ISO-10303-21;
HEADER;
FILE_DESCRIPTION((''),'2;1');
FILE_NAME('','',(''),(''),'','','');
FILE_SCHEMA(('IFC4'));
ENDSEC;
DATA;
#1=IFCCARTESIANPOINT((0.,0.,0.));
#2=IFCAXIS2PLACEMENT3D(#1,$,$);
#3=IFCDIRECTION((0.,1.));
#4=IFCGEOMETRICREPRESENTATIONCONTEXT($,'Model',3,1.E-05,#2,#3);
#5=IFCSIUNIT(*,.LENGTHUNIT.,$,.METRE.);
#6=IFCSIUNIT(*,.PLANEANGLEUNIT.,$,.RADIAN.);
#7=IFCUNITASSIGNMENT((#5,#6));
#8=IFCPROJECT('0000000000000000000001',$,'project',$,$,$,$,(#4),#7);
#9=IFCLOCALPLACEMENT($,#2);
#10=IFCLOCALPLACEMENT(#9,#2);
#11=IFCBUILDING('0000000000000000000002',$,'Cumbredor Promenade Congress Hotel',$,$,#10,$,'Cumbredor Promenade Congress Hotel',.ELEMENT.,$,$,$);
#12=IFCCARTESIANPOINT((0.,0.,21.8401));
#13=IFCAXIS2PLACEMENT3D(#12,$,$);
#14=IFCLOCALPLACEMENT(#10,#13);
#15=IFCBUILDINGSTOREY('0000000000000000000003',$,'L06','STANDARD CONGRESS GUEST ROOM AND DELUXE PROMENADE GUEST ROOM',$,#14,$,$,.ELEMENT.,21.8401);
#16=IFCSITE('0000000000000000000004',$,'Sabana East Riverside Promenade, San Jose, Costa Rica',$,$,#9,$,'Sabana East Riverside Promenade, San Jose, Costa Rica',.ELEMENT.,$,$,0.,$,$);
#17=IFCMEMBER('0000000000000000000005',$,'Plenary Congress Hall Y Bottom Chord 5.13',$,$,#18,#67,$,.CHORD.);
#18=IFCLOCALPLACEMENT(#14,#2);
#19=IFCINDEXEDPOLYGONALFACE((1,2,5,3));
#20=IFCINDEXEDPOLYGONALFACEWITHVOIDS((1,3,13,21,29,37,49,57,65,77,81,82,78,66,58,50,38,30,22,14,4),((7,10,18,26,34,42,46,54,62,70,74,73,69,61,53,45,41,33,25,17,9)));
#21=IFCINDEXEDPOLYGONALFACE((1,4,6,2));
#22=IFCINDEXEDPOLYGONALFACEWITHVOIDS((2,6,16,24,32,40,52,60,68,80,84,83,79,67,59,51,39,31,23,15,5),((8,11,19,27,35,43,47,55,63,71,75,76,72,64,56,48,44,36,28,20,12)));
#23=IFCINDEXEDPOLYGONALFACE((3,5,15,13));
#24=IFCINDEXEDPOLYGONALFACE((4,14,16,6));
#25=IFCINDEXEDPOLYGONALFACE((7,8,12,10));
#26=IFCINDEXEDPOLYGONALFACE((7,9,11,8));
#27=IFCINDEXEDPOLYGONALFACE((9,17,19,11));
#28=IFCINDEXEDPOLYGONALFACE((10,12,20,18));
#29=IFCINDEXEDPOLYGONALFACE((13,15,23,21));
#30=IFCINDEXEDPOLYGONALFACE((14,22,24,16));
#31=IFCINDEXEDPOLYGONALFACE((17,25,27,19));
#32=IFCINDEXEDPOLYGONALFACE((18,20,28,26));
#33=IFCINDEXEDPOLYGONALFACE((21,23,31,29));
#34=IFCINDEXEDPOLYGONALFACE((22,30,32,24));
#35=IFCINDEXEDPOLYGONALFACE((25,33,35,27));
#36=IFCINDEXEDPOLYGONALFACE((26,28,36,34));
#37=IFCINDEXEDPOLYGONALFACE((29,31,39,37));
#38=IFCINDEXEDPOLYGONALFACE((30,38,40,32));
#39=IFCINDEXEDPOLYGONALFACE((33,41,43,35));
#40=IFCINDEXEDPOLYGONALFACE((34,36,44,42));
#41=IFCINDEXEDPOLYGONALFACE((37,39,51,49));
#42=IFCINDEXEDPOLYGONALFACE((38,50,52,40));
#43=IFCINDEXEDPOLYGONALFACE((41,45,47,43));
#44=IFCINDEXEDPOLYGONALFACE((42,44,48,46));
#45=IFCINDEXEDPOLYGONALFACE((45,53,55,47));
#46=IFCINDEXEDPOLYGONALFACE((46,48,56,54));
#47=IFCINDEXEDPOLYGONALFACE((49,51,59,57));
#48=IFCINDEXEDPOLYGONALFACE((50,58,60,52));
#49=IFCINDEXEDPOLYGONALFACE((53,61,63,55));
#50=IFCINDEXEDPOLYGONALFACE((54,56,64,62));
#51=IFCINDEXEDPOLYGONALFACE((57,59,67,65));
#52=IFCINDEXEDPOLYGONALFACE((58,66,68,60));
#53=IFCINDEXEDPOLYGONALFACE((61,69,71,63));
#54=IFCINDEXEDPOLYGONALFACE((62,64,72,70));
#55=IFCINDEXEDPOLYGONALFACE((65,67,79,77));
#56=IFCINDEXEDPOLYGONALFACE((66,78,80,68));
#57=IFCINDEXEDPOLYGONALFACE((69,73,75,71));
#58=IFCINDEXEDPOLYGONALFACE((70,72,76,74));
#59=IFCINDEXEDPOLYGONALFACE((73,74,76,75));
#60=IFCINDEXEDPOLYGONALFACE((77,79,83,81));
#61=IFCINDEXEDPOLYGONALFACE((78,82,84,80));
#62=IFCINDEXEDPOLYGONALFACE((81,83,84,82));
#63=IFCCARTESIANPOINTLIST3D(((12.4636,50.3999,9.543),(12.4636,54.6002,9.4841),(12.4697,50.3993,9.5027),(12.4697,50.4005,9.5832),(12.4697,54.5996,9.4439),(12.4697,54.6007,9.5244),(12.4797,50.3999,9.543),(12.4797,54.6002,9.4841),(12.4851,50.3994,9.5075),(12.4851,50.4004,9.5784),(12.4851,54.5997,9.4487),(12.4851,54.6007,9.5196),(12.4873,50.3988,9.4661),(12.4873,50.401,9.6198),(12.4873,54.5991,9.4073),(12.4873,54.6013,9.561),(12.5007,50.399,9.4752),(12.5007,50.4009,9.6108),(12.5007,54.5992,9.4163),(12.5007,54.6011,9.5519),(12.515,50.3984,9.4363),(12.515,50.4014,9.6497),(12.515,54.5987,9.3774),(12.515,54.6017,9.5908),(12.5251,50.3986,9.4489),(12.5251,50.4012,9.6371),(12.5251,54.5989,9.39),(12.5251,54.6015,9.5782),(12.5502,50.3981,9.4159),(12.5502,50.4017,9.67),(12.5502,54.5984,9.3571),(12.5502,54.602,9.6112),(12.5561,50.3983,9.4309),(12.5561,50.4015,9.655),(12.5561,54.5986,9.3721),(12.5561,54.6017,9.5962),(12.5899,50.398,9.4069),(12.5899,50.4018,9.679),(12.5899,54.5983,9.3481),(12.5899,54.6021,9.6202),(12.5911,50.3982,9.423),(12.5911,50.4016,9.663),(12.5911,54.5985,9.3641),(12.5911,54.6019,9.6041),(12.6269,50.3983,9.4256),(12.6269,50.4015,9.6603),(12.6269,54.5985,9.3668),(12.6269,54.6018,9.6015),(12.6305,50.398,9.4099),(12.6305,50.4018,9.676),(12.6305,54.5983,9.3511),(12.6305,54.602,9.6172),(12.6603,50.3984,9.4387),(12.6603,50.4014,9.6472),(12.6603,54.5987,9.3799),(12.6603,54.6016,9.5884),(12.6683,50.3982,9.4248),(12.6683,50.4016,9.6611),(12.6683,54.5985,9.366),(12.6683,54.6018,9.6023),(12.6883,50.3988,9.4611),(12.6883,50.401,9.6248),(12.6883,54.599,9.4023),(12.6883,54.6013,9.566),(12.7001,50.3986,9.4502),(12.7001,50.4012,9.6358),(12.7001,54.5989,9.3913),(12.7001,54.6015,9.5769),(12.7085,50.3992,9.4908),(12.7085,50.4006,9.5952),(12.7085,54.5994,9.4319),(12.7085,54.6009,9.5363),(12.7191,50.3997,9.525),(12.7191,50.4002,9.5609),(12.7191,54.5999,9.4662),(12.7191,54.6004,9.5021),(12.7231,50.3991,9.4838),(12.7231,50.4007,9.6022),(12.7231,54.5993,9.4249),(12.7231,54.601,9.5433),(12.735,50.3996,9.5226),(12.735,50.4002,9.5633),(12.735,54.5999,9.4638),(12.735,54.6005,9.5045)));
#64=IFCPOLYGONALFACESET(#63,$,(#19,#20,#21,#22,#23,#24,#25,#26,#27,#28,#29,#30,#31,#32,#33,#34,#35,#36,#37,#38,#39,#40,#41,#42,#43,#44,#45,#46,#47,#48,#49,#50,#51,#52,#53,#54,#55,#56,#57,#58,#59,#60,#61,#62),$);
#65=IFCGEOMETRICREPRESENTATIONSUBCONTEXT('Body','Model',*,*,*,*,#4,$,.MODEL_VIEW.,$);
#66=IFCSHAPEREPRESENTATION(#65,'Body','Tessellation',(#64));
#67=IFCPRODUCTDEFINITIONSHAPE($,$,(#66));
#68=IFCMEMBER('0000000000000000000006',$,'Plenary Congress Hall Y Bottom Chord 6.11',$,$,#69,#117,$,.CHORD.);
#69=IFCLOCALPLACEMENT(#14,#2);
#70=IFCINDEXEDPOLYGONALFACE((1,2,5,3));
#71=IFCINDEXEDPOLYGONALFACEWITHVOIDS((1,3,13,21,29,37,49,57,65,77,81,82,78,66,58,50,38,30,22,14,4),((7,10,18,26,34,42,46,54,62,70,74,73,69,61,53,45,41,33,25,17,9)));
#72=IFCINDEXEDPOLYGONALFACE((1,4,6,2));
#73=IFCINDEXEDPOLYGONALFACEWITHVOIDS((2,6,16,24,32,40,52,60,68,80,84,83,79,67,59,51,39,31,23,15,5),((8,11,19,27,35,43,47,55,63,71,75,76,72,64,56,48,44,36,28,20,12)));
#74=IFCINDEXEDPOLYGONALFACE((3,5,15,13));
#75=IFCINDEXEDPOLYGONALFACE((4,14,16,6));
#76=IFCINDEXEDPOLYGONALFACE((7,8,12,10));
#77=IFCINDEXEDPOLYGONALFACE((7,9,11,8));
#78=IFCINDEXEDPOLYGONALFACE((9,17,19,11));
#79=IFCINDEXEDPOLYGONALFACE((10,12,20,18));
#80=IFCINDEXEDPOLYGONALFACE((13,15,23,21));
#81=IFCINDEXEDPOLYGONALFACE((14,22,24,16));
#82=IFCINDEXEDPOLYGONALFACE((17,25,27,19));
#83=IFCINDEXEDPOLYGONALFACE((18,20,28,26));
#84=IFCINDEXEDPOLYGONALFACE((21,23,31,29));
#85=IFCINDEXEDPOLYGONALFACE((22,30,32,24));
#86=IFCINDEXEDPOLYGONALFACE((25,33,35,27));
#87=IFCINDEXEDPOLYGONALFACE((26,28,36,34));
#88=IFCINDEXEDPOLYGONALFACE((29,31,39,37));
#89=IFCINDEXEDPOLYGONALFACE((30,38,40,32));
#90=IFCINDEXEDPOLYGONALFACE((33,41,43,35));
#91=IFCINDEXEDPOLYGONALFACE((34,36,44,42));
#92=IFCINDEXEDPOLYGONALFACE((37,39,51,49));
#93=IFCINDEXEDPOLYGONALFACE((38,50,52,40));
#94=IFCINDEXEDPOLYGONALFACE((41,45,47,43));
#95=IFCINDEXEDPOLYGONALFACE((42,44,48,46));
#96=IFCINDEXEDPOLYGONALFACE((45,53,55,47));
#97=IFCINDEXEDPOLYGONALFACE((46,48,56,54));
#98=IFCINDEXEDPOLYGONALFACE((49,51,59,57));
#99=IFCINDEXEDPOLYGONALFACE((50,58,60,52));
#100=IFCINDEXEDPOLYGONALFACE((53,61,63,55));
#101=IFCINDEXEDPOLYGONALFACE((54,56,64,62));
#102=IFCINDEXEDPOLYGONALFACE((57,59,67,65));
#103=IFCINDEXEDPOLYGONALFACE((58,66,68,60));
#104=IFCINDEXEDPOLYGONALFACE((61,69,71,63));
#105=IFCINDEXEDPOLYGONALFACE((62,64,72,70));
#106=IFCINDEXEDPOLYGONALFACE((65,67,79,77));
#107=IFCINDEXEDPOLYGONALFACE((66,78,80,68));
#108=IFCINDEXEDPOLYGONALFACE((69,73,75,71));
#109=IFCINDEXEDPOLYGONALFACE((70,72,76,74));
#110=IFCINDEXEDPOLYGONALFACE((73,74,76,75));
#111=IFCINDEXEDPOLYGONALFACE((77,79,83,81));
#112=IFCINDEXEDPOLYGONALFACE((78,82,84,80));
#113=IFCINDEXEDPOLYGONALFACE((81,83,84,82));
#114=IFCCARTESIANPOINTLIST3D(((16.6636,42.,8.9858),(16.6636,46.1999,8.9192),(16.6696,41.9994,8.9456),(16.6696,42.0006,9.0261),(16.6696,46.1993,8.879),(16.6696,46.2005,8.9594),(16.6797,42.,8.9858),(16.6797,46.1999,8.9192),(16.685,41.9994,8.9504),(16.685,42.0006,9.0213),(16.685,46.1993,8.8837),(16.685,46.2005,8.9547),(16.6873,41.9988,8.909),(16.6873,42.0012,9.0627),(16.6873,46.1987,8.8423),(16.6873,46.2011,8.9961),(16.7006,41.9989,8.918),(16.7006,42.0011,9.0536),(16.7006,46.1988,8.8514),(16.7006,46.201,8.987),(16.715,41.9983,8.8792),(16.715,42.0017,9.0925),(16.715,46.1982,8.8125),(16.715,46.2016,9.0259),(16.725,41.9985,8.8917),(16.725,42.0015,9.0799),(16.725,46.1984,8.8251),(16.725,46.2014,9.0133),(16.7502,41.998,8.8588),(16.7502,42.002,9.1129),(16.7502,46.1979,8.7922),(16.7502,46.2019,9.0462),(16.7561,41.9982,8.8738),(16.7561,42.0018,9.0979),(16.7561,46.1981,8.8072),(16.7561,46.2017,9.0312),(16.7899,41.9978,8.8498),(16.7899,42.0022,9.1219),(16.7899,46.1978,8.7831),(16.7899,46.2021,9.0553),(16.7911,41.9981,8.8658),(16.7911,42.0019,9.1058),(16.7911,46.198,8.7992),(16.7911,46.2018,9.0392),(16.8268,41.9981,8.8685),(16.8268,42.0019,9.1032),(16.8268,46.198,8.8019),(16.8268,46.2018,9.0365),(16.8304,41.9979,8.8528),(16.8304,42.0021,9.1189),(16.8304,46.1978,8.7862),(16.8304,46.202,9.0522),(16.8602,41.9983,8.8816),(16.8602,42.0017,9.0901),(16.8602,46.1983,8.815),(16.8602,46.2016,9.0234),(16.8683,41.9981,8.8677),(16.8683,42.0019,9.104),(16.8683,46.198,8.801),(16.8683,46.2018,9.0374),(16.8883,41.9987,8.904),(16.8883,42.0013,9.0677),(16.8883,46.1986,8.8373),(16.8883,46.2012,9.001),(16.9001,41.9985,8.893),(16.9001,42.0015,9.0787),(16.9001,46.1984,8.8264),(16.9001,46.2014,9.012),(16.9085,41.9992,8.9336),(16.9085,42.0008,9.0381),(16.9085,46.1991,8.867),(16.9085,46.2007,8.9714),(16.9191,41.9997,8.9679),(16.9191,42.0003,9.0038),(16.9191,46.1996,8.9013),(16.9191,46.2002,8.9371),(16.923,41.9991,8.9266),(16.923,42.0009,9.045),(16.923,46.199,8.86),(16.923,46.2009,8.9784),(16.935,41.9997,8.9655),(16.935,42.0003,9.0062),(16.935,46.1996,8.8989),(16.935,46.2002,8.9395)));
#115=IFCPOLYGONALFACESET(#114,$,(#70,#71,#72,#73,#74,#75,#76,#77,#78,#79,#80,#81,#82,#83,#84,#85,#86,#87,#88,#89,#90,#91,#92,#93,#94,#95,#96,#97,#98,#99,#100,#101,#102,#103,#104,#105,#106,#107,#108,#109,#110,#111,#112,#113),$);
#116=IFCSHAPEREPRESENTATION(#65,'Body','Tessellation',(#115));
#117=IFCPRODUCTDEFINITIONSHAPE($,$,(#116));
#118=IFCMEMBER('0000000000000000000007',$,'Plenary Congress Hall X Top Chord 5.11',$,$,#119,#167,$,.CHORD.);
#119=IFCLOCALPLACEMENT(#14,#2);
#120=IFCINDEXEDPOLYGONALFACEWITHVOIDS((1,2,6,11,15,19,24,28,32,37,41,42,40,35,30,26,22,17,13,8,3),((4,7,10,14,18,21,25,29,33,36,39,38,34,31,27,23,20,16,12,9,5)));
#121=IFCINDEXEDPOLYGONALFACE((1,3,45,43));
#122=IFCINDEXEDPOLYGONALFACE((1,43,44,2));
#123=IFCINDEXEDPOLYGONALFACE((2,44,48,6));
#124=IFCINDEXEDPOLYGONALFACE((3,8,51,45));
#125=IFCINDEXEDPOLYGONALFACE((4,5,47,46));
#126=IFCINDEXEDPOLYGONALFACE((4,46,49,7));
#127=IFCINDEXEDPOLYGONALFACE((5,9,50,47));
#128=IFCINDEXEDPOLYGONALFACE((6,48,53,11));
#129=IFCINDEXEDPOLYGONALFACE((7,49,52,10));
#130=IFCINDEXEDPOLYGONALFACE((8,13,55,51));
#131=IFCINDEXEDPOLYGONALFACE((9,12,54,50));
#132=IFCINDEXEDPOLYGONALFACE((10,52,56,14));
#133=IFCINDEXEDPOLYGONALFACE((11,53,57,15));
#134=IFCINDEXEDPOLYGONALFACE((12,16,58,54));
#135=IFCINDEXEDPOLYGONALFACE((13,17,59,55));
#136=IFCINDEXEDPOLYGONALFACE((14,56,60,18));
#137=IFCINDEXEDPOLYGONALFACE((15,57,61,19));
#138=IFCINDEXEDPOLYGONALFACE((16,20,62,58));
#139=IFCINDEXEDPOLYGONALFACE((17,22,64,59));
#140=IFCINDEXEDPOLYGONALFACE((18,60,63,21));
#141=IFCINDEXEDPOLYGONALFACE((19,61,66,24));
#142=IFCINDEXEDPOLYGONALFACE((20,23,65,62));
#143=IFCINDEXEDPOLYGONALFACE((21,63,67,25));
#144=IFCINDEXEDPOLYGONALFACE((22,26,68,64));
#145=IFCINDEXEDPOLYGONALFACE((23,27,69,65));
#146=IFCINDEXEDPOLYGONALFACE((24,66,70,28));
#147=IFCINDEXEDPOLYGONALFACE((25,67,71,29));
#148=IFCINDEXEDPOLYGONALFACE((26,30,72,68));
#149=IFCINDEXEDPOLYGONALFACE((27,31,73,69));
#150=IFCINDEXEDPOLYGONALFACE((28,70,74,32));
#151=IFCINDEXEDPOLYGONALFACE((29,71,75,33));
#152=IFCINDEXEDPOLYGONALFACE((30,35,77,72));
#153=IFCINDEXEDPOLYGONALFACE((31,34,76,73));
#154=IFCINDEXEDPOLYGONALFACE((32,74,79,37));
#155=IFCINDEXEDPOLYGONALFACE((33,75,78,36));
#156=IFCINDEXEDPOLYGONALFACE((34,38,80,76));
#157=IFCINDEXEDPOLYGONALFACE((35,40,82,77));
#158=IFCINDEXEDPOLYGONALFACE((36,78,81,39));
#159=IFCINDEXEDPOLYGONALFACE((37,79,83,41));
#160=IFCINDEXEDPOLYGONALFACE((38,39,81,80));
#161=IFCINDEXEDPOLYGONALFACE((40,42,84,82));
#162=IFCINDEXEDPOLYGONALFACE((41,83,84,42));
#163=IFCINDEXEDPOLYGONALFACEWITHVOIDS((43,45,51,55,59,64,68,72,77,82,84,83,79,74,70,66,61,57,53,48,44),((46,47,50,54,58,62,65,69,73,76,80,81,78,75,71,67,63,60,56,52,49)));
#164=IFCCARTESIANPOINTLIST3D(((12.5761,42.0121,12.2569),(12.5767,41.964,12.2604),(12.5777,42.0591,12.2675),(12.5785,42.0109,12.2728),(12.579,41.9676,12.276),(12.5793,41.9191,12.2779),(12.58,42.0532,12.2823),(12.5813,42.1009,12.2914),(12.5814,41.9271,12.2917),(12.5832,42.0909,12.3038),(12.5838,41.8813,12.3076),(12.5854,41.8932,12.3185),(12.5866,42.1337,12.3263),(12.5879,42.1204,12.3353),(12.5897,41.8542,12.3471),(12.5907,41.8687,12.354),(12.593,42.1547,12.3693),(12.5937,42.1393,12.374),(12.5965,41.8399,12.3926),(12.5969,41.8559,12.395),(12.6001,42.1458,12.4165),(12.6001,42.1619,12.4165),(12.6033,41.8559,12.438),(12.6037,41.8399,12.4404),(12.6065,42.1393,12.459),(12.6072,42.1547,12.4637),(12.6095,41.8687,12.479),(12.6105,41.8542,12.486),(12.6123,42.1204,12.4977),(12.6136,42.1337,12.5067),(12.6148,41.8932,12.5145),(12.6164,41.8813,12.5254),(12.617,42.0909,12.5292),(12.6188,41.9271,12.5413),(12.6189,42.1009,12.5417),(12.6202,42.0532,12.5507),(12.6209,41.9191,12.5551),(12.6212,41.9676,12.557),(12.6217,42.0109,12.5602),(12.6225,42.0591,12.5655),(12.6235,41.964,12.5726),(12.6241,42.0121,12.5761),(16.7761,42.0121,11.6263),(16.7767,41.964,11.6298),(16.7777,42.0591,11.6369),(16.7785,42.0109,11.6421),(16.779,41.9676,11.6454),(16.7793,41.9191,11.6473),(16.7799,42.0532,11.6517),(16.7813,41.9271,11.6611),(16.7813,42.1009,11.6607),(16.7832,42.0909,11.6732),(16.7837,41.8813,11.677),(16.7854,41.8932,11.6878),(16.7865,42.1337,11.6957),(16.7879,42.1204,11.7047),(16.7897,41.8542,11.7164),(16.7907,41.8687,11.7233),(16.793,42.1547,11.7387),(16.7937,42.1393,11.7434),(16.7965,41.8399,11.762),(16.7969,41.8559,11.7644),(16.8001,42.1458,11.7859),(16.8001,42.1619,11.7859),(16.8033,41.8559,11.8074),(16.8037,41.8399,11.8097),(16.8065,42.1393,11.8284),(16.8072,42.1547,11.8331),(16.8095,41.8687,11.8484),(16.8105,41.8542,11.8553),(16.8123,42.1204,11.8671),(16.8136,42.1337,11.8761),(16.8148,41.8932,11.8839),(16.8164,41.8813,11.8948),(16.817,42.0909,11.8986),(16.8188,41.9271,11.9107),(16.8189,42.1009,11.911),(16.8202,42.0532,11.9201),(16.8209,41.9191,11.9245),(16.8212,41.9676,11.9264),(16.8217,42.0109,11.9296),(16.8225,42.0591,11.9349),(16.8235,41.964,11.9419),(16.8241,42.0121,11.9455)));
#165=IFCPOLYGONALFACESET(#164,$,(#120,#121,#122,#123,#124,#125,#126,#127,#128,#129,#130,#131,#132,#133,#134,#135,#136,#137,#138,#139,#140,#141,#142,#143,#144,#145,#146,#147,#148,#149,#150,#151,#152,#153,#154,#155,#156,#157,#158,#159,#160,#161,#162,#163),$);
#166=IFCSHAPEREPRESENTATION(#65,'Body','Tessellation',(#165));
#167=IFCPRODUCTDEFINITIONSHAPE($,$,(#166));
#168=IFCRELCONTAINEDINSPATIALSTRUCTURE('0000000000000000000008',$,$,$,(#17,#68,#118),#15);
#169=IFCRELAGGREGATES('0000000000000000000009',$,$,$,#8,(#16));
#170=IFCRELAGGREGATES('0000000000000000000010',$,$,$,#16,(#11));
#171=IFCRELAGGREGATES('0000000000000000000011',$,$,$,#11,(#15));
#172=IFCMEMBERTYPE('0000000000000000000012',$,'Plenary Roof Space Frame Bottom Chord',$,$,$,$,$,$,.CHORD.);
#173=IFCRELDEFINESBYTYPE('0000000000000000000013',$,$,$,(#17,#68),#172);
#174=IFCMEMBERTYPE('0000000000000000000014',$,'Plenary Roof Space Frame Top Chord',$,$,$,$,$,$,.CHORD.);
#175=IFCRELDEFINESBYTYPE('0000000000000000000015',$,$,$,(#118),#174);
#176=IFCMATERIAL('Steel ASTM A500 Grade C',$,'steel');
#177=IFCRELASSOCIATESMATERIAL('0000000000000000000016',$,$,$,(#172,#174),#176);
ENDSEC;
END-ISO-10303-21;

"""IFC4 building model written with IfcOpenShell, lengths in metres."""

from ifc_helpers import new_model, si_unit, direction, frame, origin, origin_2d, place, context, subcontext, project, spatial, hollow_circle, extrude, material, material_profile, profile_set, type_object, element, save


model = new_model("IFC4")

# Units and contexts
model_context = context("Model", 3, precision=1e-05, world=origin(), true_north=direction((0.0, 1.0)))
body_context = subcontext(model_context, "Body", "Model", "MODEL_VIEW")
ifc_project = project(units=[si_unit("LENGTHUNIT", "METRE"), si_unit("PLANEANGLEUNIT", "RADIAN")], contexts=[model_context])

# Site, building, storey
site_placement = place(None, origin())
site = spatial("IfcSite", under=ifc_project, at=site_placement, Name="Sabana East Riverside Promenade, San Jose, Costa Rica", LongName="Sabana East Riverside Promenade, San Jose, Costa Rica", CompositionType="ELEMENT", RefElevation=0.0)
building_placement = place(site_placement, origin())
building = spatial("IfcBuilding", under=site, at=building_placement, Name="Cumbredor Promenade Congress Hotel", LongName="Cumbredor Promenade Congress Hotel", CompositionType="ELEMENT")
storey_placement = place(building_placement, frame((0.0, 0.0, 21.8401)))
storey = spatial("IfcBuildingStorey", under=building, at=storey_placement, Name="L06", Description="STANDARD CONGRESS GUEST ROOM AND DELUXE PROMENADE GUEST ROOM", CompositionType="ELEMENT", Elevation=21.8401)

# Members
ifc_material_1 = material(Name="Steel ASTM A500 Grade C", Category="steel")
ifc_material_profile_1 = material_profile(ifc_material_1, hollow_circle(Radius=0.1365, WallThickness=0.0161, at=origin_2d()), Name="CHS 273.0x16")
ifc_profile_set_1 = profile_set([ifc_material_profile_1], Name="Steel ASTM A500 Grade C")
member_type_1 = type_object("IfcMemberType", Name="Plenary Roof Space Frame Bottom Chord", PredefinedType="CHORD", material=ifc_profile_set_1)
member_1_placement = place(storey_placement, frame((12.6001, 50.3999, 9.543), z_axis=(0.0, 0.999902, -0.014007), x_axis=(-1.0, 0.0, 0.0)))
element("IfcMember", 1, at=member_1_placement, inside=storey, type_object=member_type_1, Name="Plenary Congress Hall Y Bottom Chord 5.13", PredefinedType="CHORD", context=body_context, shape_type="SweptSolid", body=[
    extrude(hollow_circle(Radius=0.1365, WallThickness=0.0161, at=origin_2d()), origin(), (0.0, 0.0, 1.0), 4.2007),
])
member_2_placement = place(storey_placement, frame((16.8, 42.0, 8.9858), z_axis=(0.0, 0.999874, -0.015867), x_axis=(-1.0, 0.0, 0.0)))
element("IfcMember", 2, at=member_2_placement, inside=storey, type_object=member_type_1, Name="Plenary Congress Hall Y Bottom Chord 6.11", PredefinedType="CHORD", context=body_context, shape_type="SweptSolid", body=[
    extrude(hollow_circle(Radius=0.1365, WallThickness=0.0161, at=origin_2d()), origin(), (0.0, 0.0, 1.0), 4.2004),
])
ifc_material_profile_2 = material_profile(ifc_material_1, hollow_circle(Radius=0.1619, WallThickness=0.0161, at=origin_2d()), Name="CHS 323.9x16")
ifc_profile_set_2 = profile_set([ifc_material_profile_2], Name="Steel ASTM A500 Grade C")
member_type_2 = type_object("IfcMemberType", Name="Plenary Roof Space Frame Top Chord", PredefinedType="CHORD", material=ifc_profile_set_2)
member_3_placement = place(storey_placement, frame((12.6001, 42.0, 12.4165), z_axis=(0.988915, 0.0, -0.148484), x_axis=(0.0, 1.0, 0.0)))
element("IfcMember", 3, at=member_3_placement, inside=storey, type_object=member_type_2, Name="Plenary Congress Hall X Top Chord 5.11", PredefinedType="CHORD", context=body_context, shape_type="SweptSolid", body=[
    extrude(hollow_circle(Radius=0.1619, WallThickness=0.0161, at=origin_2d()), origin(), (0.0, 0.0, 1.0), 4.2471),
])

save(model, "model.ifc")
